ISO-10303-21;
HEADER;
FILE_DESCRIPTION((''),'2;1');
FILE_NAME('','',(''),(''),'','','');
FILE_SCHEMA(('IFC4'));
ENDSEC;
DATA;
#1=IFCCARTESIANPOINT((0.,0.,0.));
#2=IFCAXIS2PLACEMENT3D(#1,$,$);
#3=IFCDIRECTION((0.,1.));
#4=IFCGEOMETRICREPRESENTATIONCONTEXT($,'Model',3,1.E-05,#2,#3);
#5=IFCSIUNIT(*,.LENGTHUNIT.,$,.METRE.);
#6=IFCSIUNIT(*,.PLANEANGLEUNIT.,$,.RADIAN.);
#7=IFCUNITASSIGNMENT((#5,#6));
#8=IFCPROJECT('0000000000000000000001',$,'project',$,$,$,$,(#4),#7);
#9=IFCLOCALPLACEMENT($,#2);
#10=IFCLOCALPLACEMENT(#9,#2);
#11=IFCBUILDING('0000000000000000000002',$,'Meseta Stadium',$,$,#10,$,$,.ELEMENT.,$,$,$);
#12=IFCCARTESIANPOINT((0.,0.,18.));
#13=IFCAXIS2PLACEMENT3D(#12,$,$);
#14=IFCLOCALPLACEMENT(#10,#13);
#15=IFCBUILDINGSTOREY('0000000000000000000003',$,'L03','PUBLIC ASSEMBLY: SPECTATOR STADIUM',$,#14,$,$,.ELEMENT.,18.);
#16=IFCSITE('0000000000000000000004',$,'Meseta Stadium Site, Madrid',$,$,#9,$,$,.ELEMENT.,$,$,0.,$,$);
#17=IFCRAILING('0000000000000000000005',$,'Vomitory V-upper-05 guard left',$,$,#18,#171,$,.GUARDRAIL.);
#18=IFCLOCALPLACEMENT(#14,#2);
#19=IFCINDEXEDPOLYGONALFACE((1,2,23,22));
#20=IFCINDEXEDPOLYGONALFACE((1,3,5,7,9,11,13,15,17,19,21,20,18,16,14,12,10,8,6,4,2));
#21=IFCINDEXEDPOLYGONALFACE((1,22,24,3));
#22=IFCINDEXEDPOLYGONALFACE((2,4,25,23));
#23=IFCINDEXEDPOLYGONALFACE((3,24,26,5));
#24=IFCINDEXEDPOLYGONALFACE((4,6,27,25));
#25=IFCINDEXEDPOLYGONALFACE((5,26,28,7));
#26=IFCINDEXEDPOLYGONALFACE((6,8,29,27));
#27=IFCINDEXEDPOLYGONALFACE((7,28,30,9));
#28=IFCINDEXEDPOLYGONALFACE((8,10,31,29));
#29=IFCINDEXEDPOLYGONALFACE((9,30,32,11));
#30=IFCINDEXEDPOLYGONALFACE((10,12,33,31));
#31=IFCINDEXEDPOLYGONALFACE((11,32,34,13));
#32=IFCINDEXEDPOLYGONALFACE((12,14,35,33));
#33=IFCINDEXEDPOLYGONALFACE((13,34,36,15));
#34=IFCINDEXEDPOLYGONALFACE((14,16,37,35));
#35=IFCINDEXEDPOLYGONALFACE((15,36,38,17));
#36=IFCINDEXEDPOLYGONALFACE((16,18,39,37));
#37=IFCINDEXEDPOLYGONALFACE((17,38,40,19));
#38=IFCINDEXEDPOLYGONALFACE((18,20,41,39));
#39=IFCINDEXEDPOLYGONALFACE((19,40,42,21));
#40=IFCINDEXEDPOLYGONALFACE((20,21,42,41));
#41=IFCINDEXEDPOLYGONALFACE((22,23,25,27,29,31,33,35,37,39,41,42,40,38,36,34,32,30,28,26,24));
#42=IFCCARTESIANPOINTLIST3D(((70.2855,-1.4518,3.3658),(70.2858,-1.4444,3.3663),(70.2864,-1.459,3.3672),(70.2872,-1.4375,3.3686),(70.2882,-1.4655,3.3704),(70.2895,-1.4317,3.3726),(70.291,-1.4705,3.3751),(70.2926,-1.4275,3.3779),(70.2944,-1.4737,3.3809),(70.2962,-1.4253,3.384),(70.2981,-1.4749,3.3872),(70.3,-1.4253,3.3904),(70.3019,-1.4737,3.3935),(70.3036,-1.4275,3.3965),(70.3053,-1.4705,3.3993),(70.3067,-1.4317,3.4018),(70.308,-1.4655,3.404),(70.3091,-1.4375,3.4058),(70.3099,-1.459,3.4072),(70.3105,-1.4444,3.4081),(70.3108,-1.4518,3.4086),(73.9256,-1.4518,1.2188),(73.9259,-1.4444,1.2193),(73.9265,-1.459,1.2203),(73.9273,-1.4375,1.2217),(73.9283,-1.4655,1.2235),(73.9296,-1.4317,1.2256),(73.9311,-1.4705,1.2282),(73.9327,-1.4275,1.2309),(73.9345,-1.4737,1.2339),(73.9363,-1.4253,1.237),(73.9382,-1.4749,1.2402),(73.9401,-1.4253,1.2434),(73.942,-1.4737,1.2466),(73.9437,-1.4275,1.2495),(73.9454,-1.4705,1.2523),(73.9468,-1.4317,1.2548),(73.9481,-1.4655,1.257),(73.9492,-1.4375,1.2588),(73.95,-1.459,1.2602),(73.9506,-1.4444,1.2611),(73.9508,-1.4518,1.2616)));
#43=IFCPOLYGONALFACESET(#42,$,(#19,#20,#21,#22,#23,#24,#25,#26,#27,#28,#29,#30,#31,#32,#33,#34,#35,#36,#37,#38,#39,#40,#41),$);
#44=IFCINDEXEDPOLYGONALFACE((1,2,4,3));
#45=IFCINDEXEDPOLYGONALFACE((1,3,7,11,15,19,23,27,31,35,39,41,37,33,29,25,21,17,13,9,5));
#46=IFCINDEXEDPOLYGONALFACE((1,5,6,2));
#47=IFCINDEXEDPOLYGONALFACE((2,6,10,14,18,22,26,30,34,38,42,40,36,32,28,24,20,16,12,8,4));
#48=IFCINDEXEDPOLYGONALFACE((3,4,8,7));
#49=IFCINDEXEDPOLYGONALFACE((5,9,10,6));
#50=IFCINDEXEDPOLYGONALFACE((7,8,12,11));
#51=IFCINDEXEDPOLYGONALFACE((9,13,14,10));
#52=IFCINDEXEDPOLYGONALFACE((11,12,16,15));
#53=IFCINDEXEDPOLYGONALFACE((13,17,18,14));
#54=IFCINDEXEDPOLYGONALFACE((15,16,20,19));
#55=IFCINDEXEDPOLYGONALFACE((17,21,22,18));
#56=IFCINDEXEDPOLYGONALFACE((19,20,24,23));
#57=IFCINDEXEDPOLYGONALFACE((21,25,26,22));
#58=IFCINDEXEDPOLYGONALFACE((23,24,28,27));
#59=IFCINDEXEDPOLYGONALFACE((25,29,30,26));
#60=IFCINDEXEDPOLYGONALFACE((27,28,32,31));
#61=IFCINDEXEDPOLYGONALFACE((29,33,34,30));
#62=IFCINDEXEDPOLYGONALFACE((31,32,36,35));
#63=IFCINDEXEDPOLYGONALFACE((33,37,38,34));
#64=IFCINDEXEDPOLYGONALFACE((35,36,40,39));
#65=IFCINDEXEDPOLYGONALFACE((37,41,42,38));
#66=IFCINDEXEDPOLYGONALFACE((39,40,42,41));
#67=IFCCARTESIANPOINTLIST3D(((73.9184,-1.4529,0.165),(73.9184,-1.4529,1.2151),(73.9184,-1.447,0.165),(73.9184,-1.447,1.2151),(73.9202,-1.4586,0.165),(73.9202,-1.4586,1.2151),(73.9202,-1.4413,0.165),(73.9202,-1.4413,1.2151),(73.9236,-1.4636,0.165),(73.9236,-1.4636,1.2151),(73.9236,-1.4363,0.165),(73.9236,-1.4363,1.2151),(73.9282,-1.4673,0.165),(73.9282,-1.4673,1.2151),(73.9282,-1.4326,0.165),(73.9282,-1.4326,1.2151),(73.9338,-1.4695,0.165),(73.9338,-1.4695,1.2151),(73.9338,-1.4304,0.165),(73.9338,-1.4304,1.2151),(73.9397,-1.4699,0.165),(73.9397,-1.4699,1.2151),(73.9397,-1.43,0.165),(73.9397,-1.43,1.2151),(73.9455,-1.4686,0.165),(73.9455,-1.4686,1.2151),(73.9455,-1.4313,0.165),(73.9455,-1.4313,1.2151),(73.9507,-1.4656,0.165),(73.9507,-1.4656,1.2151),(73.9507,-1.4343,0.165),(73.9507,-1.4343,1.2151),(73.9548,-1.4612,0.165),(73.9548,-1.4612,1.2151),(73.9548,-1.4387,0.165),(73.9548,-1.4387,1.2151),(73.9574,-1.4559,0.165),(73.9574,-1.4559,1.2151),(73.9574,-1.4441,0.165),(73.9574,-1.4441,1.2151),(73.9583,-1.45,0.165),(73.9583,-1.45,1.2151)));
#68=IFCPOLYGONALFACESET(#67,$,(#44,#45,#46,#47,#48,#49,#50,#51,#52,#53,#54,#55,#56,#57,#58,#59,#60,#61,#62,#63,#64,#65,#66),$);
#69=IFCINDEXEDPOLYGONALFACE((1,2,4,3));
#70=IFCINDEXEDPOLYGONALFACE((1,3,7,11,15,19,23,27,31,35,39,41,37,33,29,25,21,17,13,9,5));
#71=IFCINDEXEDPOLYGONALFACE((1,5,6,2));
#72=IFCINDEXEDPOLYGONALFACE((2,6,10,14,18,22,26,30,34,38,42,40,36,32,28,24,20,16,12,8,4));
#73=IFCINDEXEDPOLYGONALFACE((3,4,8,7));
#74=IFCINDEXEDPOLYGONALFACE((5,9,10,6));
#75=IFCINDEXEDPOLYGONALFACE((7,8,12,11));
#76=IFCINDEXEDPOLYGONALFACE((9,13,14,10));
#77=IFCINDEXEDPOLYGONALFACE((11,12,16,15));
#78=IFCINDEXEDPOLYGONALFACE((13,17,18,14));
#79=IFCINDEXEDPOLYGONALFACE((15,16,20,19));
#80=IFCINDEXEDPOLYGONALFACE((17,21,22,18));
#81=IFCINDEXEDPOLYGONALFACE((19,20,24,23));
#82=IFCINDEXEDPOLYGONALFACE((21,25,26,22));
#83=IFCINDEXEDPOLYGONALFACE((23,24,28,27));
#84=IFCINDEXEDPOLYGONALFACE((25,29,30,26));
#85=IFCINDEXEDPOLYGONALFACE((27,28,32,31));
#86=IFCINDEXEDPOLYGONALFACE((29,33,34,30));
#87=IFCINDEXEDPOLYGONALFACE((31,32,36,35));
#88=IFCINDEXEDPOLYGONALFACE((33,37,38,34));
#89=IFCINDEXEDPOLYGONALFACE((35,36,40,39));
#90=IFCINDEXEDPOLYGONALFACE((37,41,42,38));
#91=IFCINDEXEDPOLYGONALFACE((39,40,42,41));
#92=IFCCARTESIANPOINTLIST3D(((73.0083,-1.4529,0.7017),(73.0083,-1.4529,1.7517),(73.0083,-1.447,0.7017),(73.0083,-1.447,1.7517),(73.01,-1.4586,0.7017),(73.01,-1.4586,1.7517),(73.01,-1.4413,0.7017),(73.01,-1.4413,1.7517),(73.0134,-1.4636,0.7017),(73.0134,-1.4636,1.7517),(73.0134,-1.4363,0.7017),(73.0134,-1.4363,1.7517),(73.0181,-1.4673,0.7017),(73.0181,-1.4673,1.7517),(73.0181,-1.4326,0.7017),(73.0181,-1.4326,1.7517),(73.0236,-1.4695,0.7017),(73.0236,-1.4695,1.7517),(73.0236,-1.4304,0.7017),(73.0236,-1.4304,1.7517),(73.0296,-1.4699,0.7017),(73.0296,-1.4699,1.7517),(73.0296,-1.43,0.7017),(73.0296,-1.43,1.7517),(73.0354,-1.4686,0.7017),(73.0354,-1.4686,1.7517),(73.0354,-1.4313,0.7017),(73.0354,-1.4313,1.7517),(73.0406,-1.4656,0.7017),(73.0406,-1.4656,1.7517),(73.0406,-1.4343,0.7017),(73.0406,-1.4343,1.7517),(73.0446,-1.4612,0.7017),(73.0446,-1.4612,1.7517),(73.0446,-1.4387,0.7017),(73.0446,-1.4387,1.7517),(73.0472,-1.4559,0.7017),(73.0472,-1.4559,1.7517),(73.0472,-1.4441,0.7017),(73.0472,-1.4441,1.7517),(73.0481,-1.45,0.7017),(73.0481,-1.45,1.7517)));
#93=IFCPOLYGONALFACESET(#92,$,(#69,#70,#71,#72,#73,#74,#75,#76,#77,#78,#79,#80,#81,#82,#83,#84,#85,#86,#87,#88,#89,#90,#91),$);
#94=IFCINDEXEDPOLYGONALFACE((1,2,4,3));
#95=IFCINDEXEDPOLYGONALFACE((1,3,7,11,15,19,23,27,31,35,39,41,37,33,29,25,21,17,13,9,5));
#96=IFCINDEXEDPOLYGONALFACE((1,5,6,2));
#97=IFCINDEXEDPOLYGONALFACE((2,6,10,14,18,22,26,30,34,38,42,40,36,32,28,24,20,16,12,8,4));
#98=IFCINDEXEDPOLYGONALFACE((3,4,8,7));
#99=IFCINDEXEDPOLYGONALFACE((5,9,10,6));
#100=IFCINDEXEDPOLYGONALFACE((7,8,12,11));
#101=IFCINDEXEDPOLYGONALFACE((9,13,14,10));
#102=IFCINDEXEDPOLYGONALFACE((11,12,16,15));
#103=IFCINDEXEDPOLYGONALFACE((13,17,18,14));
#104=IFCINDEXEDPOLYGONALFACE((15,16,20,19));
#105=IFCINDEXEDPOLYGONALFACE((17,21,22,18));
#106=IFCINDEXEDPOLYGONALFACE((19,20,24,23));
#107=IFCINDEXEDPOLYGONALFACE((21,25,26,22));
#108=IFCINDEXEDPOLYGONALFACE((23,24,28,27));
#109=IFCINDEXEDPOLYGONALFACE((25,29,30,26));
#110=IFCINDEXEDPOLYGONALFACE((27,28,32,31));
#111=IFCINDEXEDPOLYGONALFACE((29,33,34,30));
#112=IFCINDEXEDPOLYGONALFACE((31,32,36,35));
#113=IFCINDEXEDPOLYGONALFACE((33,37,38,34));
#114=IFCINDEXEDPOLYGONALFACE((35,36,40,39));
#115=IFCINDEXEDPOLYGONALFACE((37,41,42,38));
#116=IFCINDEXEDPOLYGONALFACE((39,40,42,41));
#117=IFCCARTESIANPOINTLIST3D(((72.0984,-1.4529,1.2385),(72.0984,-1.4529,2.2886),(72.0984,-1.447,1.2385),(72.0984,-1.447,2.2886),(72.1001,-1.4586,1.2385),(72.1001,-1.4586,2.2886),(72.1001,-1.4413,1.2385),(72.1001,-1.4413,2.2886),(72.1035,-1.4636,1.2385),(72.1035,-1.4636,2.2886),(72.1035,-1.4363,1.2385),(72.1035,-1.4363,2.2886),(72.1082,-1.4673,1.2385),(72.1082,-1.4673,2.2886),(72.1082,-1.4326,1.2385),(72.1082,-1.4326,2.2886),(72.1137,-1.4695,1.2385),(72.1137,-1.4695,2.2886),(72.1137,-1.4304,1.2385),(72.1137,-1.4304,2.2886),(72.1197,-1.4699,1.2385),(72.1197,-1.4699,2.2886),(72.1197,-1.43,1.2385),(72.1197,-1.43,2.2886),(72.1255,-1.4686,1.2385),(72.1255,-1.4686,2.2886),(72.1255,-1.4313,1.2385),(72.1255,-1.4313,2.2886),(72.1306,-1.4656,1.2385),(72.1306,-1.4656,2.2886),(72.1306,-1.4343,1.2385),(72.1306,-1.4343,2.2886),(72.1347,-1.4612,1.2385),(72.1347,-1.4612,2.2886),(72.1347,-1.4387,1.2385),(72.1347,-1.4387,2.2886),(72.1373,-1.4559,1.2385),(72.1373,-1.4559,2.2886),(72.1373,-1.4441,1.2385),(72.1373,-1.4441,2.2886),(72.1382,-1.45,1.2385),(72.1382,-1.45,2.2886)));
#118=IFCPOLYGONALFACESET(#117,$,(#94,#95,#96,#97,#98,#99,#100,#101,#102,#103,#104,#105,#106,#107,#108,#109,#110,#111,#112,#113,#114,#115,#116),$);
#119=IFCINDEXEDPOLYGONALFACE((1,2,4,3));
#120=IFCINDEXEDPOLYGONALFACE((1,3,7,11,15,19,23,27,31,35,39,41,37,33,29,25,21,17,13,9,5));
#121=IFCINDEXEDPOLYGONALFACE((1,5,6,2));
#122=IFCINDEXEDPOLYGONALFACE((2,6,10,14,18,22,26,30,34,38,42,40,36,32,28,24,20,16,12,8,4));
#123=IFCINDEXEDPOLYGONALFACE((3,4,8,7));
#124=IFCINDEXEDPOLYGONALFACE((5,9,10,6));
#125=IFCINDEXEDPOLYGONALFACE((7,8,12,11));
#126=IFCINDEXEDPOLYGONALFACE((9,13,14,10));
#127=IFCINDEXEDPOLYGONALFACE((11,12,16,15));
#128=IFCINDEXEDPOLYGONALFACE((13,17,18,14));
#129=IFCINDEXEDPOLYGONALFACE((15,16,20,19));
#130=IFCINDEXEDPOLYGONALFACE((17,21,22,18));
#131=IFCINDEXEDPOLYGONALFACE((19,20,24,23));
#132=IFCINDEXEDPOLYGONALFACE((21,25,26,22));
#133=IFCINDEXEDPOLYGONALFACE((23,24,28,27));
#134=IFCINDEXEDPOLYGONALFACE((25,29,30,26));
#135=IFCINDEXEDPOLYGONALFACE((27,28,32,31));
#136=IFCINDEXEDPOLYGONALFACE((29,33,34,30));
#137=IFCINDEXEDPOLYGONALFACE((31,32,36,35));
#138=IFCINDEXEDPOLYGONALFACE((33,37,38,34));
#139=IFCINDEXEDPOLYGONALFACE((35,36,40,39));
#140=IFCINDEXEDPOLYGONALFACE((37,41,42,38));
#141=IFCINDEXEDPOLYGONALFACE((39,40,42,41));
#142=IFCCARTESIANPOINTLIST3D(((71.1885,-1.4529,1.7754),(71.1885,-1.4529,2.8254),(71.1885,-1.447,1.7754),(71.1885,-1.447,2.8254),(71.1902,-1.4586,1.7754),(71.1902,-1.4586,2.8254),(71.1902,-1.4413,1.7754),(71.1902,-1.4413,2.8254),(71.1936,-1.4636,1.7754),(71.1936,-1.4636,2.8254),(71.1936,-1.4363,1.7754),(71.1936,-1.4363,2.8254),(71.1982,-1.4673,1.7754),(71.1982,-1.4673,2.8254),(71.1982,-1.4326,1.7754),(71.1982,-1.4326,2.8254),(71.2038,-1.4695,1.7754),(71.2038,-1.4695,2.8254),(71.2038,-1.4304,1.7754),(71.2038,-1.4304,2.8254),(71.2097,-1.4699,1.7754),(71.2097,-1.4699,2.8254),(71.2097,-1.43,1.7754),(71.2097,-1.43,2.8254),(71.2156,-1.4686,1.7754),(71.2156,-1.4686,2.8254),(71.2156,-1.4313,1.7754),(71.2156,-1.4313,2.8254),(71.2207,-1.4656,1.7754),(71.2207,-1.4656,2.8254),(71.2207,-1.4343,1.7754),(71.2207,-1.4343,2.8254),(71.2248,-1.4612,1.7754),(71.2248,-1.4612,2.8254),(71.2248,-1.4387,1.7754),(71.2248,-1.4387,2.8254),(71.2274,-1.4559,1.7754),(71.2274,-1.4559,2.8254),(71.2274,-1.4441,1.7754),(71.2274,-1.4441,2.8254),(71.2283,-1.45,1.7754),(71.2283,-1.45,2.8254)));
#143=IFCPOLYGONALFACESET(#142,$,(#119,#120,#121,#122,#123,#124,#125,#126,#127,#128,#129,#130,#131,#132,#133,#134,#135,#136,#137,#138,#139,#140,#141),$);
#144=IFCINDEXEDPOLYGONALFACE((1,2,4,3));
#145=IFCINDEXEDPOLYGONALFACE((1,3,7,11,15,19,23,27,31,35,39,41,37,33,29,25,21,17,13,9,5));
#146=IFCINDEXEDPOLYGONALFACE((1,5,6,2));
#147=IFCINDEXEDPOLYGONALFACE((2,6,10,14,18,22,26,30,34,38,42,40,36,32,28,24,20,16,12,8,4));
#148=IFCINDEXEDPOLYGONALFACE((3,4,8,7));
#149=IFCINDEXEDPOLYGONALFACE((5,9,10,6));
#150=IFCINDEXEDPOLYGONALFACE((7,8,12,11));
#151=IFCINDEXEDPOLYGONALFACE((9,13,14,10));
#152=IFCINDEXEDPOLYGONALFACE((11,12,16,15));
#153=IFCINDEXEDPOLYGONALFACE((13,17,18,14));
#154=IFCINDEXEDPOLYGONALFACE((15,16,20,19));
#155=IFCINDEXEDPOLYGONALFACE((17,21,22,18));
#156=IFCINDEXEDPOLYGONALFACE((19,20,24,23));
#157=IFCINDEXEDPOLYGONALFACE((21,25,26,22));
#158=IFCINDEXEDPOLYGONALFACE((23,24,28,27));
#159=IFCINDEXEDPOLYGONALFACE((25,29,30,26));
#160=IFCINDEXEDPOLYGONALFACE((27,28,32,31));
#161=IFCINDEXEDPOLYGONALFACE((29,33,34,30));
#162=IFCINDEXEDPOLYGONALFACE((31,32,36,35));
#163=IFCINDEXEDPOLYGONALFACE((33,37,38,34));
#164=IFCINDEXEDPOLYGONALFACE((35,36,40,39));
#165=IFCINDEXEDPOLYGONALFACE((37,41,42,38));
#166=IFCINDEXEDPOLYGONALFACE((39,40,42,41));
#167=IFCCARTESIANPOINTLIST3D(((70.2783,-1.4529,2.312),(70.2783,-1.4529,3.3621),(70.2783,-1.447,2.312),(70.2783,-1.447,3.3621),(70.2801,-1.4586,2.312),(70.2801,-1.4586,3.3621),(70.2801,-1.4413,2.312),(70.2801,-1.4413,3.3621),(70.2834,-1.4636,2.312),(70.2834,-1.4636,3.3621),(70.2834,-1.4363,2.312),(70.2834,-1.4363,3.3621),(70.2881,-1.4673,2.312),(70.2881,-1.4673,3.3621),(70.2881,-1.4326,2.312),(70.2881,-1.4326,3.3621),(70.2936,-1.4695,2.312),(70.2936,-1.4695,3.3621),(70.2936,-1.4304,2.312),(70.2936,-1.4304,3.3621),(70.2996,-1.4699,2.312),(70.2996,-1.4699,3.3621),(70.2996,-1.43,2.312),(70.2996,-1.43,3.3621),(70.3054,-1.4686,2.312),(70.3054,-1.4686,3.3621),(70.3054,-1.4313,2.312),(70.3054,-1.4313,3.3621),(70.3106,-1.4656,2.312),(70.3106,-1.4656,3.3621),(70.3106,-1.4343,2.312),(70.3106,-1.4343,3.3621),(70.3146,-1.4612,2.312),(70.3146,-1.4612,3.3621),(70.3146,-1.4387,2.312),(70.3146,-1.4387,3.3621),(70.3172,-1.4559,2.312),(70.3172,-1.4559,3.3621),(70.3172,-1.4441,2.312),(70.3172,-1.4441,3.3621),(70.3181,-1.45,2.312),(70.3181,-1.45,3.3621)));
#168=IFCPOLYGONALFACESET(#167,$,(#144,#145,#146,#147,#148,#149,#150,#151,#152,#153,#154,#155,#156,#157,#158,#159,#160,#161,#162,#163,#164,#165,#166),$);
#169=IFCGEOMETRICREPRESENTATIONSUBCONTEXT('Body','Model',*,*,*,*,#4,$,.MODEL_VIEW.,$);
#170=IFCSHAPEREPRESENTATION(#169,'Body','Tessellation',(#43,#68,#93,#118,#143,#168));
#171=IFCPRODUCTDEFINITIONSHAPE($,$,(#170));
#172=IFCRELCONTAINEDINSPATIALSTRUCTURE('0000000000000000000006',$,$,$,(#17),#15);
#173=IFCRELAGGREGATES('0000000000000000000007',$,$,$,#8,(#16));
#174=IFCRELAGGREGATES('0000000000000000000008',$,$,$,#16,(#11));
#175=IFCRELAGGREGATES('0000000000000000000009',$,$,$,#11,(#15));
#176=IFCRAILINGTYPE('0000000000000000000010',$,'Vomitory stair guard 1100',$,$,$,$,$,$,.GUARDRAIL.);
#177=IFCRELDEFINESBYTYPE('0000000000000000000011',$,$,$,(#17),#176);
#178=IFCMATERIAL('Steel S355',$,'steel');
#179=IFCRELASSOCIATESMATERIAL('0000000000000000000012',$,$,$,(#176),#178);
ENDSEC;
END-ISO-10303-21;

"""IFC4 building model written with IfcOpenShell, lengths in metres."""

from ifc_helpers import new_model, si_unit, direction, frame, origin, origin_2d, place, context, subcontext, project, spatial, circle, extrude, material, type_object, element, save


model = new_model("IFC4")

# Units and contexts
model_context = context("Model", 3, precision=1e-05, world=origin(), true_north=direction((0.0, 1.0)))
body_context = subcontext(model_context, "Body", "Model", "MODEL_VIEW")
ifc_project = project(units=[si_unit("LENGTHUNIT", "METRE"), si_unit("PLANEANGLEUNIT", "RADIAN")], contexts=[model_context])

# Site, building, storey
site_placement = place(None, origin())
site = spatial("IfcSite", under=ifc_project, at=site_placement, Name="Meseta Stadium Site, Madrid", CompositionType="ELEMENT", RefElevation=0.0)
building_placement = place(site_placement, origin())
building = spatial("IfcBuilding", under=site, at=building_placement, Name="Meseta Stadium", CompositionType="ELEMENT")
storey_placement = place(building_placement, frame((0.0, 0.0, 18.0)))
storey = spatial("IfcBuildingStorey", under=building, at=storey_placement, Name="L03", Description="PUBLIC ASSEMBLY: SPECTATOR STADIUM", CompositionType="ELEMENT", Elevation=18.0)

# Railing
ifc_material_1 = material(Name="Steel S355", Category="steel")
railing_type_1 = type_object("IfcRailingType", Name="Vomitory stair guard 1100", PredefinedType="GUARDRAIL", material=ifc_material_1)
railing_1_placement = place(storey_placement, frame((73.9382, -1.45, 0.165)))
element("IfcRailing", 1, at=railing_1_placement, inside=storey, type_object=railing_type_1, Name="Vomitory V-upper-05 guard left", PredefinedType="GUARDRAIL", context=body_context, shape_type="SweptSolid", body=[
    extrude(circle(Radius=0.0249, at=origin_2d()), frame((0.0, 0.0, 1.0752), z_axis=(-0.861343, 0.0, 0.508025), x_axis=(0.0, -1.0, 0.0)), (0.0, 0.0, 1.0), 4.2261),
    extrude(circle(Radius=0.02, at=origin_2d()), origin(), (0.0, 0.0, 1.0), 1.05),
    extrude(circle(Radius=0.02, at=origin_2d()), frame((-0.9102, 0.0, 0.5366)), (0.0, 0.0, 1.0), 1.05),
    extrude(circle(Radius=0.02, at=origin_2d()), frame((-1.8201, 0.0, 1.0735)), (0.0, 0.0, 1.0), 1.05),
    extrude(circle(Radius=0.02, at=origin_2d()), frame((-2.73, 0.0, 1.6104)), (0.0, 0.0, 1.0), 1.05),
    extrude(circle(Radius=0.02, at=origin_2d()), frame((-3.6401, 0.0, 2.147)), (0.0, 0.0, 1.0), 1.05),
])

save(model, "model.ifc")
